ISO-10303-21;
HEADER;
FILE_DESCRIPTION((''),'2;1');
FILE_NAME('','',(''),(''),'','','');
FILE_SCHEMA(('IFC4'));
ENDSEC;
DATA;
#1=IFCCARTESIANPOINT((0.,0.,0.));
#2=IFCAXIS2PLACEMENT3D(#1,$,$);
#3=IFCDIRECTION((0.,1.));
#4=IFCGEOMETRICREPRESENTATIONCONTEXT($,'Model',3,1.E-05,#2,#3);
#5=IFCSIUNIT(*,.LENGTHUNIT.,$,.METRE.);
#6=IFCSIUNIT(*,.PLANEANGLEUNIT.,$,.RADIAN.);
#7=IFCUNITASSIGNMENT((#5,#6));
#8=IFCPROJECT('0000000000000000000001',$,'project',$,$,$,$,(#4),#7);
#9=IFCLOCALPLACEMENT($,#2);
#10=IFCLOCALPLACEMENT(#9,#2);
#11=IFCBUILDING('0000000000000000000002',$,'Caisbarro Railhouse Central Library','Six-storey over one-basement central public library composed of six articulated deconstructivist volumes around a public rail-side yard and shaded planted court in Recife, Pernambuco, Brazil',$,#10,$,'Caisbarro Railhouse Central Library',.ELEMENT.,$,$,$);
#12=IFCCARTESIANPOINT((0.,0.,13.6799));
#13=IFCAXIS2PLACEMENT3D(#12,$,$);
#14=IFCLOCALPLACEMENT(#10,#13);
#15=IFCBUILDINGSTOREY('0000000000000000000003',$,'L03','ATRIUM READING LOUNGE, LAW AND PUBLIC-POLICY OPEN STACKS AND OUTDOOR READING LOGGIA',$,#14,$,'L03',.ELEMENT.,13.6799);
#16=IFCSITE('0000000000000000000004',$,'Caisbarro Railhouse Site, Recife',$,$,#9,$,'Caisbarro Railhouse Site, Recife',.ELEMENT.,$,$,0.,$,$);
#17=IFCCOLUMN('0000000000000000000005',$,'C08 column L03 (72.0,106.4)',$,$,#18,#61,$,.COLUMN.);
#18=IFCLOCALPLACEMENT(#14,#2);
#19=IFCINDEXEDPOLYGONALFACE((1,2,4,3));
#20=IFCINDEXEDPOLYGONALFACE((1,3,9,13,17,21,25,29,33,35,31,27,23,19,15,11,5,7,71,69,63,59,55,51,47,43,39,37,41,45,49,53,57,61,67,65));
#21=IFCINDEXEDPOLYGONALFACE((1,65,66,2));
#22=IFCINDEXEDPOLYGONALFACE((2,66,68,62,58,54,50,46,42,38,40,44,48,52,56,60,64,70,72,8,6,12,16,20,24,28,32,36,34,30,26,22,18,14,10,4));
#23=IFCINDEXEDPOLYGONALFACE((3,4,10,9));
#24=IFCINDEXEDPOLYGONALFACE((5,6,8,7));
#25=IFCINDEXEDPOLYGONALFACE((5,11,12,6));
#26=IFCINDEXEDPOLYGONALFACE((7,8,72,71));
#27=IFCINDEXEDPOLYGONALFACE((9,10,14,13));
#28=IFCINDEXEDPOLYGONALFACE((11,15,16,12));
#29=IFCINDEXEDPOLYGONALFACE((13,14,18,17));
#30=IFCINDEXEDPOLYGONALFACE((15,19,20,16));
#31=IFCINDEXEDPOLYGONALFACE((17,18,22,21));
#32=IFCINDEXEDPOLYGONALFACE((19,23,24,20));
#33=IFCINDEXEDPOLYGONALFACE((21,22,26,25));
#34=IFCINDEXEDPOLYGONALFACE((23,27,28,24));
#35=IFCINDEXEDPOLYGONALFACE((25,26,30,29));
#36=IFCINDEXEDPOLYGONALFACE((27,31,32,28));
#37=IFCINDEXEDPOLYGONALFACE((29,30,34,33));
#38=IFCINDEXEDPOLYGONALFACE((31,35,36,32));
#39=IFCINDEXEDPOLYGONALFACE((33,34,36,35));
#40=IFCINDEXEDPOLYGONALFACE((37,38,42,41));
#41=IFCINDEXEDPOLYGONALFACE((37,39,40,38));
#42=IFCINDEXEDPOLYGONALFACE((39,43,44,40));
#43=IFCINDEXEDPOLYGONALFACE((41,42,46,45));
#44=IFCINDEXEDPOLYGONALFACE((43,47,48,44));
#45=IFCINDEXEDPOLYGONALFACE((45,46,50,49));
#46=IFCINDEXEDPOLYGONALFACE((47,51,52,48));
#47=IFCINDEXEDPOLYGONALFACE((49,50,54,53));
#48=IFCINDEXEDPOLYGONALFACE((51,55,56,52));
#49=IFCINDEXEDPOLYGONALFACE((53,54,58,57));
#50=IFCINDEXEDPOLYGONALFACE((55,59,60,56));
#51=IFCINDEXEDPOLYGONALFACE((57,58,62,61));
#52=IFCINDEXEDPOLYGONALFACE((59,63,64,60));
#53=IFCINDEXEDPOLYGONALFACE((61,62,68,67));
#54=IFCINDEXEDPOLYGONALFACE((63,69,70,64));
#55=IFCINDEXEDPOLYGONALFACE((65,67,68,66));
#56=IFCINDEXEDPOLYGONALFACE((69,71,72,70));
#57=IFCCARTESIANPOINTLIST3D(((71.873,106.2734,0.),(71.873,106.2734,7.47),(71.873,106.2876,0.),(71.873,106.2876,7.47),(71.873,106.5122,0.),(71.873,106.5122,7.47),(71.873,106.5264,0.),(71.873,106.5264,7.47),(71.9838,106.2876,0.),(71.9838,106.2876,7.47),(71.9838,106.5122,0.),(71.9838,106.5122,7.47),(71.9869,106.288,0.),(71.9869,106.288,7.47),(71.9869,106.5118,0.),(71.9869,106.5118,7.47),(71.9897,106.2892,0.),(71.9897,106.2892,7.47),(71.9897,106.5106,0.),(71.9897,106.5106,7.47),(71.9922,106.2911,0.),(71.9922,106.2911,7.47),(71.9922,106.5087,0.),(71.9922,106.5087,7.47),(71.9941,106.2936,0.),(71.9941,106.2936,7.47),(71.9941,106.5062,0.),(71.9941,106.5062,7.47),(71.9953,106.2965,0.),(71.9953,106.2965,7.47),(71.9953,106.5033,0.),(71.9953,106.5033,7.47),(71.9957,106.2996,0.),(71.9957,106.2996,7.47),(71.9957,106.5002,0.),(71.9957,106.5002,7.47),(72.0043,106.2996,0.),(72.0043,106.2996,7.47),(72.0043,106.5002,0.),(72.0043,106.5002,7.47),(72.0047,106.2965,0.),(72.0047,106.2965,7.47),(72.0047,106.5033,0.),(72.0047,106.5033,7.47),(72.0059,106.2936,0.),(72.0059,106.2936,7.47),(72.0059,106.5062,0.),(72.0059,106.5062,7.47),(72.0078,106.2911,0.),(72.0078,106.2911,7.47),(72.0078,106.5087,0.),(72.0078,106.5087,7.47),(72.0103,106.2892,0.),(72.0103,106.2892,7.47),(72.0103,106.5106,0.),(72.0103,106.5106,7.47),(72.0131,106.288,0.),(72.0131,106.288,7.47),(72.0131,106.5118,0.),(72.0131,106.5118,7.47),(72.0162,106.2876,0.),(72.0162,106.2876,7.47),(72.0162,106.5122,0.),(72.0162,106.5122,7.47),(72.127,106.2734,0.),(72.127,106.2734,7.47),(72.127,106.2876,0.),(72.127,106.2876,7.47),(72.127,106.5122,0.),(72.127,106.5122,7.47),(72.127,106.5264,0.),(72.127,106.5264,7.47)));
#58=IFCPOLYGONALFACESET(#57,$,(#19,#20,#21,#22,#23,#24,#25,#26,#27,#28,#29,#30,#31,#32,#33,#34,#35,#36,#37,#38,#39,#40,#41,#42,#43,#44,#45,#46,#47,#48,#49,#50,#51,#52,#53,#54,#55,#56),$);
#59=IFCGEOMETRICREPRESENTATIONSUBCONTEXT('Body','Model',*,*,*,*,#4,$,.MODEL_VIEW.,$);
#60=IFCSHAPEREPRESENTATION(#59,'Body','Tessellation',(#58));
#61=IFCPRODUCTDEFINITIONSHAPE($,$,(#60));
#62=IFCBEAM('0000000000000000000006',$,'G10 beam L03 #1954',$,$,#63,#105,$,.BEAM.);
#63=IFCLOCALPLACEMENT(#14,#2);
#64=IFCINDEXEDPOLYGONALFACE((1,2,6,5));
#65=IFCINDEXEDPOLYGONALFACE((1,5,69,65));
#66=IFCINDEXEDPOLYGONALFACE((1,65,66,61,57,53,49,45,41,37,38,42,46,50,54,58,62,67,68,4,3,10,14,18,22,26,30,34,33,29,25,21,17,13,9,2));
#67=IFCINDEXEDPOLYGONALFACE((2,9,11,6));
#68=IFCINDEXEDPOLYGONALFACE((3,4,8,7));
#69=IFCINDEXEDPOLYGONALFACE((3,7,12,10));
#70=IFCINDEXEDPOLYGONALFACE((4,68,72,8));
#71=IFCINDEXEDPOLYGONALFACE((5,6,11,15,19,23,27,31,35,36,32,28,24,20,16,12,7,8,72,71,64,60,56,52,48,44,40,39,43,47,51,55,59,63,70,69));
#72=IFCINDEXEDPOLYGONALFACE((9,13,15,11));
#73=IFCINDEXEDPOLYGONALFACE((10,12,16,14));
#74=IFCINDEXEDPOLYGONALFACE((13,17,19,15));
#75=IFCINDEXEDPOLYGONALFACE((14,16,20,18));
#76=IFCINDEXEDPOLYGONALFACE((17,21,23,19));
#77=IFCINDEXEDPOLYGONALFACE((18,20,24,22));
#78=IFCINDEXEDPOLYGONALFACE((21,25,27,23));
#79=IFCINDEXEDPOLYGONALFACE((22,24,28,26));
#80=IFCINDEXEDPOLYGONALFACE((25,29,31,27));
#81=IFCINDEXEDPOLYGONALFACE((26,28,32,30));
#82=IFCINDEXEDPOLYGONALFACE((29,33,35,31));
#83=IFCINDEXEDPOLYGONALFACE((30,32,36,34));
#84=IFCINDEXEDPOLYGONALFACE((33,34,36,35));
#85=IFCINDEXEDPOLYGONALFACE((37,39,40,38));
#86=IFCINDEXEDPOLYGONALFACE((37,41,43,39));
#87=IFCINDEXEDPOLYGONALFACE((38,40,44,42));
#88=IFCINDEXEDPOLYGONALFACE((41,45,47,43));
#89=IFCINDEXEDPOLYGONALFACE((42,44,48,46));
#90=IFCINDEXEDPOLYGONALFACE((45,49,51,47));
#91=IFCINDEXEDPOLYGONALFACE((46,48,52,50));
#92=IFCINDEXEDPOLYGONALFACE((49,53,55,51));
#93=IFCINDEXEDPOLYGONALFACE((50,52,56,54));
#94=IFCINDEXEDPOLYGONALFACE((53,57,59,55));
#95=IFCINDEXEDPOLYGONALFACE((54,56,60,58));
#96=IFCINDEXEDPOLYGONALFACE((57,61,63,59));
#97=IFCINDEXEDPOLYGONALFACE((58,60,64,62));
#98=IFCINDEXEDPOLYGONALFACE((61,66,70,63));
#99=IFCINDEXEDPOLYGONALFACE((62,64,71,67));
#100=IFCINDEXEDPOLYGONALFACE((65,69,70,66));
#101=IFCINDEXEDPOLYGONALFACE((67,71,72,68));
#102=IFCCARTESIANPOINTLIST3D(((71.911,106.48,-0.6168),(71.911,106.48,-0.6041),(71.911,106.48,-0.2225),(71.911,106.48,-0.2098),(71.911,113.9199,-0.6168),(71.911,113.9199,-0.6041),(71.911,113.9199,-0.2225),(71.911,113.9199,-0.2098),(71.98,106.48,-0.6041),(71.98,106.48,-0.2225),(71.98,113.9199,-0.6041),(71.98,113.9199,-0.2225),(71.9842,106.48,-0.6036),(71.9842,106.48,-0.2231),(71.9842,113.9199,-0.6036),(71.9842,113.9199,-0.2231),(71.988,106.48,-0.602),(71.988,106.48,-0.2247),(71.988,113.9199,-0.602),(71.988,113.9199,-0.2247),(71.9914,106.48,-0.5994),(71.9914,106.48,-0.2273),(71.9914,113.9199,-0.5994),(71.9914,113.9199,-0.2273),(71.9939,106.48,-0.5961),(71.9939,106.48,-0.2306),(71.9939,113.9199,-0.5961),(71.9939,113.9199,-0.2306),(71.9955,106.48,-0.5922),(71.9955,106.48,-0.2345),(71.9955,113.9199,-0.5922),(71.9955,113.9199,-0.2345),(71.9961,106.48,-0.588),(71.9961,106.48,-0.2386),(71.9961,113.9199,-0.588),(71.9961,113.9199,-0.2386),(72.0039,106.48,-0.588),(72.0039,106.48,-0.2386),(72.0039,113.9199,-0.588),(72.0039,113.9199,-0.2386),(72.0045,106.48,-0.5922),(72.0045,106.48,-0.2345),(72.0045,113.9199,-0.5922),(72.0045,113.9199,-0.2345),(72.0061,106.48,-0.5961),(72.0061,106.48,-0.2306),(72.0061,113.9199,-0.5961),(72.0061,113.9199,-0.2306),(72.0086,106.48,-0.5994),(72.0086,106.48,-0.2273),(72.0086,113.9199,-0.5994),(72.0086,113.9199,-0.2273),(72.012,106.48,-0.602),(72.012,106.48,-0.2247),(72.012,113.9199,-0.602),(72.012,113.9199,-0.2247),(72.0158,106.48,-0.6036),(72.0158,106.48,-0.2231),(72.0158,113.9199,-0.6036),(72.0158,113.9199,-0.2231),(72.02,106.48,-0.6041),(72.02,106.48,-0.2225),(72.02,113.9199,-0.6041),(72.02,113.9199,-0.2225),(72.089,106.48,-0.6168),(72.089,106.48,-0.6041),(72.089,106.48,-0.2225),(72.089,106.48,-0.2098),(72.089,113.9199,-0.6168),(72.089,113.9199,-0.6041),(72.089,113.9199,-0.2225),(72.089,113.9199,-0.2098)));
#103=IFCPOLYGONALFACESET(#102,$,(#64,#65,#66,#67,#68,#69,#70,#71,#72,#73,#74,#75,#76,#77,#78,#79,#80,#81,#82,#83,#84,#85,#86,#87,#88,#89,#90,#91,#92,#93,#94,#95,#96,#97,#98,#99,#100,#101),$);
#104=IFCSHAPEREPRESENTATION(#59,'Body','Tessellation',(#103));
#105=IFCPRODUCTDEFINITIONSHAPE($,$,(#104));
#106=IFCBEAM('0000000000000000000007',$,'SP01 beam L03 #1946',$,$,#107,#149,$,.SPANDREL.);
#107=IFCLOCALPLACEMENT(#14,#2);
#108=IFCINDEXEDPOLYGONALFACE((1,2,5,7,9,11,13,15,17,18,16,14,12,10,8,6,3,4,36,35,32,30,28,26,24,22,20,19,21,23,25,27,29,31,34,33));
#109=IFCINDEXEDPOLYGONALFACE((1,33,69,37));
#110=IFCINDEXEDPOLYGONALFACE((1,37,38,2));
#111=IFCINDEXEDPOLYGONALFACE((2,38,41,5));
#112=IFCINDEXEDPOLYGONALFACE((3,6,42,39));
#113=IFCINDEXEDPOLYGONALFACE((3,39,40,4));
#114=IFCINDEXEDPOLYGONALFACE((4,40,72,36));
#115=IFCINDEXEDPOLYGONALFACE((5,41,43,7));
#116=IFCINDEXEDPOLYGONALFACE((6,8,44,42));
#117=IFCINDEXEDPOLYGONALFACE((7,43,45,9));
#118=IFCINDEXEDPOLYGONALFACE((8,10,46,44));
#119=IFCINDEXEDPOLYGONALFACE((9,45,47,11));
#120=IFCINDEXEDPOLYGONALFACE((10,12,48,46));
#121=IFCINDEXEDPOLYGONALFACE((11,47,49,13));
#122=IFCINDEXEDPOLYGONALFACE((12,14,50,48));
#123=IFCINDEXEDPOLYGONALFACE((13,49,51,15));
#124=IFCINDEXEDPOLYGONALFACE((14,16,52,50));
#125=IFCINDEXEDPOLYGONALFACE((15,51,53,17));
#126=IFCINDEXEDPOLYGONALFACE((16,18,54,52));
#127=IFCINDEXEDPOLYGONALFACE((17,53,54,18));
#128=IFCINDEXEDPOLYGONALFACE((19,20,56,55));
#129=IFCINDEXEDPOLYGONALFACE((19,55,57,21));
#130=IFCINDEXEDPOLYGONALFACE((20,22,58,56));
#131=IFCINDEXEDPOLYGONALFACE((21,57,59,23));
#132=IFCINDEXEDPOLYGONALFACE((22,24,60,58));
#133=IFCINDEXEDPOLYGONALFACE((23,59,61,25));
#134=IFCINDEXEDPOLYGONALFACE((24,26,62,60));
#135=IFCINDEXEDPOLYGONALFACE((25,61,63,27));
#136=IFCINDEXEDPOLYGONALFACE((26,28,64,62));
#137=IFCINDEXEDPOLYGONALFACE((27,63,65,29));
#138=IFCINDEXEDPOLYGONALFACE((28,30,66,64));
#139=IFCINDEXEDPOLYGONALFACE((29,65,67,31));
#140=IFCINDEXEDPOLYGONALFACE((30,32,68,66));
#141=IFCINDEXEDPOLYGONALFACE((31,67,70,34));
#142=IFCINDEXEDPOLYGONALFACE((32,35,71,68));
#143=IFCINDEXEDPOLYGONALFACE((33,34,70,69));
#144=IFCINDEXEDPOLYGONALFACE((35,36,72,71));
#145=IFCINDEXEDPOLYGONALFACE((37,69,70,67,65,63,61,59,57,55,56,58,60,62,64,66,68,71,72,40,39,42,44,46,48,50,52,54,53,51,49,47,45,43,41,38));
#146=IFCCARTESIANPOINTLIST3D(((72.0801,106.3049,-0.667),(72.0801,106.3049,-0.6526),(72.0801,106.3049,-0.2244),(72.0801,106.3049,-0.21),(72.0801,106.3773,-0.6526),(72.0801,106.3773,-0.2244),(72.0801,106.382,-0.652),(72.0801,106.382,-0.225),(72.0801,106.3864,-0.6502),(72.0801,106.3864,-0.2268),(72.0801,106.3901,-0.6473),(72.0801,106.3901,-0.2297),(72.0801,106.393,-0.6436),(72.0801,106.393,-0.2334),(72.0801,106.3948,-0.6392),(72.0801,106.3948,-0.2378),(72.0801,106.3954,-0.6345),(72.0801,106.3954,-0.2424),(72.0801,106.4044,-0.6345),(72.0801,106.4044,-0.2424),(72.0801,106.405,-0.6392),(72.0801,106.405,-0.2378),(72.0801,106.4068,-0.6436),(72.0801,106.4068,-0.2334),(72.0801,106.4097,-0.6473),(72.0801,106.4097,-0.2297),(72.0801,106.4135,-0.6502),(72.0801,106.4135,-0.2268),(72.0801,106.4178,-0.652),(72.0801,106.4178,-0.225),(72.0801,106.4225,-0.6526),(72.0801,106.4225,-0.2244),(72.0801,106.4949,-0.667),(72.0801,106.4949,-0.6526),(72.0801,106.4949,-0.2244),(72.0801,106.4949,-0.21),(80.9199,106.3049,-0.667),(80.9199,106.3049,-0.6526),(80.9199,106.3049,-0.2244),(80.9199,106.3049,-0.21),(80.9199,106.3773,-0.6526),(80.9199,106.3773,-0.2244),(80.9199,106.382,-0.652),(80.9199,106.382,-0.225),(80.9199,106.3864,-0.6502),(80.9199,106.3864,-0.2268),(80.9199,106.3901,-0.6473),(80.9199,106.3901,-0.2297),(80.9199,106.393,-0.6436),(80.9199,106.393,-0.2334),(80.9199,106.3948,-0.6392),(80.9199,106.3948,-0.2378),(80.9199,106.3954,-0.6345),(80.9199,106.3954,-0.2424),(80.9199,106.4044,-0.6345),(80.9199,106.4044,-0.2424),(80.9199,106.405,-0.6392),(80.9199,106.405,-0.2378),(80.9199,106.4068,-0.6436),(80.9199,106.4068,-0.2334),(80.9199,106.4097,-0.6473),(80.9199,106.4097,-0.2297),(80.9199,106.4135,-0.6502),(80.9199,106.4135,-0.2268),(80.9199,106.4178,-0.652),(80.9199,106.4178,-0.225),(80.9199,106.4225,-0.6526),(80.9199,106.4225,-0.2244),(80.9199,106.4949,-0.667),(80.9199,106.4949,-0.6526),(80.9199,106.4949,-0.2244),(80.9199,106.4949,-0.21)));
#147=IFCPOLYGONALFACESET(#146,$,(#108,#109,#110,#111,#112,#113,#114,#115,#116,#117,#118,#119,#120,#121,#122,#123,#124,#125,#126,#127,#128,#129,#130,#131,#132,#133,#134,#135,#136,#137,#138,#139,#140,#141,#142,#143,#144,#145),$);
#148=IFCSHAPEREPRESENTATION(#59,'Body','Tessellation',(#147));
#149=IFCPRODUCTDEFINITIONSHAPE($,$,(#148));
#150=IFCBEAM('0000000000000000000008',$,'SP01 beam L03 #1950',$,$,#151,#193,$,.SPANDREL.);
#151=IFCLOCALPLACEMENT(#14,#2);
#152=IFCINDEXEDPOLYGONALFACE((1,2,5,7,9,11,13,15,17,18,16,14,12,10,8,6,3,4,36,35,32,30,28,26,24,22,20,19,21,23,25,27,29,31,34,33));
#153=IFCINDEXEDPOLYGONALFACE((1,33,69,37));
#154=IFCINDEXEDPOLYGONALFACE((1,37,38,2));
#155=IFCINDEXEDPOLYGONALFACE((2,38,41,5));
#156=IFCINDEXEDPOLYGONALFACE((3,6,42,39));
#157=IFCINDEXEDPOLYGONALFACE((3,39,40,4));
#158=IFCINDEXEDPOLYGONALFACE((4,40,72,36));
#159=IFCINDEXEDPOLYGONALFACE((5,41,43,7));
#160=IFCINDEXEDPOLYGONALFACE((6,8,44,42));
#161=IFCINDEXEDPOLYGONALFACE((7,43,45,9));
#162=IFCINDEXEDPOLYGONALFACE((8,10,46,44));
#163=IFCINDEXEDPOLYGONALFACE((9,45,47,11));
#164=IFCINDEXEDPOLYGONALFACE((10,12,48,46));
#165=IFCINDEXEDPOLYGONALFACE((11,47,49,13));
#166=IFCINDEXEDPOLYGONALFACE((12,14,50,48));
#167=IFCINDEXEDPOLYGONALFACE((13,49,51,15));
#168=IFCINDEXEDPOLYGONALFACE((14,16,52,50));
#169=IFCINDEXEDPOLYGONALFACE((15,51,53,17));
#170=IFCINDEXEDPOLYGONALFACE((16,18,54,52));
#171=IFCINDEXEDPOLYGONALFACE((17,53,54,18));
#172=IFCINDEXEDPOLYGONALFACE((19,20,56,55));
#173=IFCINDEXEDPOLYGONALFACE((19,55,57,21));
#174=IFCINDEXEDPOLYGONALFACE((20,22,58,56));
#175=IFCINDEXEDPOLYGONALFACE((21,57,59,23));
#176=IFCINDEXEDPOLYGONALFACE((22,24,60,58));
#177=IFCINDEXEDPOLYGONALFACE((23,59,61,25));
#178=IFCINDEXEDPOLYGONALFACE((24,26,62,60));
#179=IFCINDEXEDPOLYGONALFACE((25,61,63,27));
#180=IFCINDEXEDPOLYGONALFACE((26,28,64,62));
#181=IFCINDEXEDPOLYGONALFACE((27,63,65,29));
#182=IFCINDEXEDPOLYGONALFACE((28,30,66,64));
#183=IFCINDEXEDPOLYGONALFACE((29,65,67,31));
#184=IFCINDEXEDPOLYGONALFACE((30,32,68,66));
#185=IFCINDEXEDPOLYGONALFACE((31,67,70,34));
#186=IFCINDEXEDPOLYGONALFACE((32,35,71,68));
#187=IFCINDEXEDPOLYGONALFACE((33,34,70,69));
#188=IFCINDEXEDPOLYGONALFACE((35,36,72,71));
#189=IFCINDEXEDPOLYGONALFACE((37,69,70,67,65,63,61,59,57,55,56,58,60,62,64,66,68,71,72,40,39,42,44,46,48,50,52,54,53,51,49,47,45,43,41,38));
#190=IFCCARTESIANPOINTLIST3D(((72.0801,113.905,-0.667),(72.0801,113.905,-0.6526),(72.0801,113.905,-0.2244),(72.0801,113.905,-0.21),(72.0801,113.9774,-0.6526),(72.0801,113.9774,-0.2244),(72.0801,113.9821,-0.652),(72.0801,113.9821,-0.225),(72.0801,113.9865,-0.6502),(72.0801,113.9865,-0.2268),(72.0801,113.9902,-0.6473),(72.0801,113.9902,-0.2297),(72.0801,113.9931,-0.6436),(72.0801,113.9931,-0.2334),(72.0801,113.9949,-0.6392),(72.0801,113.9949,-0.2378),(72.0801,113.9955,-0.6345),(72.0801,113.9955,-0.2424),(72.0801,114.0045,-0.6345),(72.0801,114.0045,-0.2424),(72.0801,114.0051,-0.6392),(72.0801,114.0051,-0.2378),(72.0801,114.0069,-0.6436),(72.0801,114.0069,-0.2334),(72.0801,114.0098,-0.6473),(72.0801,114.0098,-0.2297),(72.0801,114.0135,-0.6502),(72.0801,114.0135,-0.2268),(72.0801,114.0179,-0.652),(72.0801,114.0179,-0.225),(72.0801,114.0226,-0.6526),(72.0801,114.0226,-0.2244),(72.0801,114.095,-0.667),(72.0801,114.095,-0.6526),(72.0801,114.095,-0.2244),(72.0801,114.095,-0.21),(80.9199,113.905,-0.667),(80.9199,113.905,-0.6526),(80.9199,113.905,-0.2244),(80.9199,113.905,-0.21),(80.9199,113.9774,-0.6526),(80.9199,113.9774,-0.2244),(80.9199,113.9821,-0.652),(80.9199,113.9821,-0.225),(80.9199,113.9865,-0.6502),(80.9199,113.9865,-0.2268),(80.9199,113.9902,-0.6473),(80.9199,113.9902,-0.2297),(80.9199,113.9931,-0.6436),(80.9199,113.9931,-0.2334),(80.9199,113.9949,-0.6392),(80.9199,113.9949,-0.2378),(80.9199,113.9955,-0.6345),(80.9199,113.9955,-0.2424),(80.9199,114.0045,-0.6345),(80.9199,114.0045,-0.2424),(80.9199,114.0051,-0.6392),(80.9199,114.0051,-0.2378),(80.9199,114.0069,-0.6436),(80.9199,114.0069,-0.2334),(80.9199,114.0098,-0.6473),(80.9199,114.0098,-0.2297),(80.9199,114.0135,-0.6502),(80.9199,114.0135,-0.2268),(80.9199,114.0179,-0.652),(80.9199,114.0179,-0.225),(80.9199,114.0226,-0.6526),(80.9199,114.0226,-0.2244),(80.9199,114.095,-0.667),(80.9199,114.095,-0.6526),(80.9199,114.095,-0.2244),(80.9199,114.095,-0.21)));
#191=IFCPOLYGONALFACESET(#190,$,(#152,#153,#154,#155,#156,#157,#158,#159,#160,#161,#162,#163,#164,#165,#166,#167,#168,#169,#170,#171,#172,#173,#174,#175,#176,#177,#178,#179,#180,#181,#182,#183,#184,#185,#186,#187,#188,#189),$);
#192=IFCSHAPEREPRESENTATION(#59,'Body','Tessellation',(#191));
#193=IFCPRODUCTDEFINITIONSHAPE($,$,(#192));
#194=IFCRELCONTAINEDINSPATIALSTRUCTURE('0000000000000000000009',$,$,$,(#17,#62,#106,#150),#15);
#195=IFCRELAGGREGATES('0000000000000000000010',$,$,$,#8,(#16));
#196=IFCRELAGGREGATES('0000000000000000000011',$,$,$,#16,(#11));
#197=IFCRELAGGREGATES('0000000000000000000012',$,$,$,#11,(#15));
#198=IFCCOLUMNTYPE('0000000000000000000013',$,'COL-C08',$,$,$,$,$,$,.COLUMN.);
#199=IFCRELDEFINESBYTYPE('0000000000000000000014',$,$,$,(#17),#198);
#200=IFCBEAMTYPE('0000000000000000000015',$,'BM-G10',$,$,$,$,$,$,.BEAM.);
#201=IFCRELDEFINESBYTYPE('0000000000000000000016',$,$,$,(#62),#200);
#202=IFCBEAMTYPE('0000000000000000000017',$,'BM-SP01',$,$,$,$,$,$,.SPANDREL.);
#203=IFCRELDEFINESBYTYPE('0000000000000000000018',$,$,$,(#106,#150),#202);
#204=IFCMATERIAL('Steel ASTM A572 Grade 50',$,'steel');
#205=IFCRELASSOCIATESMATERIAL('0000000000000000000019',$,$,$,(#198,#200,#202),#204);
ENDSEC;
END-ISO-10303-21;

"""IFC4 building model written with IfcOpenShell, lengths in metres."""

from ifc_helpers import new_model, si_unit, direction, frame, origin, origin_2d, place, context, subcontext, project, spatial, i_section, extrude, material, material_profile, profile_set, type_object, element, save


model = new_model("IFC4")

# Units and contexts
model_context = context("Model", 3, precision=1e-05, world=origin(), true_north=direction((0.0, 1.0)))
body_context = subcontext(model_context, "Body", "Model", "MODEL_VIEW")
ifc_project = project(units=[si_unit("LENGTHUNIT", "METRE"), si_unit("PLANEANGLEUNIT", "RADIAN")], contexts=[model_context])

# Site, building, storey
site_placement = place(None, origin())
site = spatial("IfcSite", under=ifc_project, at=site_placement, Name="Caisbarro Railhouse Site, Recife", LongName="Caisbarro Railhouse Site, Recife", CompositionType="ELEMENT", RefElevation=0.0)
building_placement = place(site_placement, origin())
building = spatial("IfcBuilding", under=site, at=building_placement, Name="Caisbarro Railhouse Central Library", Description="Six-storey over one-basement central public library composed of six articulated deconstructivist volumes around a public rail-side yard and shaded planted court in Recife, Pernambuco, Brazil", LongName="Caisbarro Railhouse Central Library", CompositionType="ELEMENT")
storey_placement = place(building_placement, frame((0.0, 0.0, 13.6799)))
storey = spatial("IfcBuildingStorey", under=building, at=storey_placement, Name="L03", Description="ATRIUM READING LOUNGE, LAW AND PUBLIC-POLICY OPEN STACKS AND OUTDOOR READING LOGGIA", LongName="L03", CompositionType="ELEMENT", Elevation=13.6799)

# Column
ifc_material_1 = material(Name="Steel ASTM A572 Grade 50", Category="steel")
ifc_material_profile_1 = material_profile(ifc_material_1, i_section(OverallWidth=0.2539, OverallDepth=0.2529, WebThickness=0.0085, FlangeThickness=0.0142, FilletRadius=0.012, at=origin_2d()), Name="W250X73.0")
ifc_profile_set_1 = profile_set([ifc_material_profile_1], Name="Steel ASTM A572 Grade 50")
column_type = type_object("IfcColumnType", Name="COL-C08", PredefinedType="COLUMN", material=ifc_profile_set_1)
column_placement = place(storey_placement, frame((72.0, 106.3999, 0.0), z_axis=(0.0, 0.0, 1.0), x_axis=(1.0, 0.0, 0.0)))
element("IfcColumn", 1, at=column_placement, inside=storey, type_object=column_type, Name="C08 column L03 (72.0,106.4)", PredefinedType="COLUMN", context=body_context, shape_type="SweptSolid", body=[
    extrude(i_section(OverallWidth=0.2539, OverallDepth=0.2529, WebThickness=0.0085, FlangeThickness=0.0142, FilletRadius=0.012, at=origin_2d()), origin(), (0.0, 0.0, 1.0), 7.47),
])

# Beams
ifc_material_profile_2 = material_profile(ifc_material_1, i_section(OverallWidth=0.178, OverallDepth=0.407, WebThickness=0.0078, FlangeThickness=0.0127, FilletRadius=0.0161, at=origin_2d()), Name="W410X60.0")
ifc_profile_set_2 = profile_set([ifc_material_profile_2], Name="Steel ASTM A572 Grade 50")
beam_type_1 = type_object("IfcBeamType", Name="BM-G10", PredefinedType="BEAM", material=ifc_profile_set_2)
beam_placement = place(storey_placement, frame((72.0, 106.48, -0.4133), z_axis=(0.0, 1.0, 0.0), x_axis=(-1.0, 0.0, 0.0)))
element("IfcBeam", 2, at=beam_placement, inside=storey, type_object=beam_type_1, Name="G10 beam L03 #1954", PredefinedType="BEAM", context=body_context, shape_type="SweptSolid", body=[
    extrude(i_section(OverallWidth=0.178, OverallDepth=0.407, WebThickness=0.0078, FlangeThickness=0.0127, FilletRadius=0.0161, at=origin_2d()), origin(), (0.0, 0.0, 1.0), 7.4399),
])
ifc_material_profile_3 = material_profile(ifc_material_1, i_section(OverallWidth=0.1899, OverallDepth=0.457, WebThickness=0.009, FlangeThickness=0.0144, FilletRadius=0.0181, at=origin_2d()), Name="W460X74.0")
ifc_profile_set_3 = profile_set([ifc_material_profile_3], Name="Steel ASTM A572 Grade 50")
beam_type_2 = type_object("IfcBeamType", Name="BM-SP01", PredefinedType="SPANDREL", material=ifc_profile_set_3)
for number, where, z_axis, x_axis, name in (
    (3, (72.0801, 106.3999, -0.4385), (1.0, 0.0, 0.0), (0.0, 1.0, 0.0), "SP01 beam L03 #1946"),
    (4, (72.0801, 114.0, -0.4385), (1.0, 0.0, 0.0), (0.0, 1.0, 0.0), "SP01 beam L03 #1950"),
):
    element("IfcBeam", number, at=place(storey_placement, frame(where, z_axis=z_axis, x_axis=x_axis)), inside=storey, type_object=beam_type_2, Name=name, PredefinedType="SPANDREL", context=body_context, shape_type="SweptSolid", body=[
        extrude(i_section(OverallWidth=0.1899, OverallDepth=0.457, WebThickness=0.009, FlangeThickness=0.0144, FilletRadius=0.0181, at=origin_2d()), origin(), (0.0, 0.0, 1.0), 8.8398),
    ])

save(model, "model.ifc")
